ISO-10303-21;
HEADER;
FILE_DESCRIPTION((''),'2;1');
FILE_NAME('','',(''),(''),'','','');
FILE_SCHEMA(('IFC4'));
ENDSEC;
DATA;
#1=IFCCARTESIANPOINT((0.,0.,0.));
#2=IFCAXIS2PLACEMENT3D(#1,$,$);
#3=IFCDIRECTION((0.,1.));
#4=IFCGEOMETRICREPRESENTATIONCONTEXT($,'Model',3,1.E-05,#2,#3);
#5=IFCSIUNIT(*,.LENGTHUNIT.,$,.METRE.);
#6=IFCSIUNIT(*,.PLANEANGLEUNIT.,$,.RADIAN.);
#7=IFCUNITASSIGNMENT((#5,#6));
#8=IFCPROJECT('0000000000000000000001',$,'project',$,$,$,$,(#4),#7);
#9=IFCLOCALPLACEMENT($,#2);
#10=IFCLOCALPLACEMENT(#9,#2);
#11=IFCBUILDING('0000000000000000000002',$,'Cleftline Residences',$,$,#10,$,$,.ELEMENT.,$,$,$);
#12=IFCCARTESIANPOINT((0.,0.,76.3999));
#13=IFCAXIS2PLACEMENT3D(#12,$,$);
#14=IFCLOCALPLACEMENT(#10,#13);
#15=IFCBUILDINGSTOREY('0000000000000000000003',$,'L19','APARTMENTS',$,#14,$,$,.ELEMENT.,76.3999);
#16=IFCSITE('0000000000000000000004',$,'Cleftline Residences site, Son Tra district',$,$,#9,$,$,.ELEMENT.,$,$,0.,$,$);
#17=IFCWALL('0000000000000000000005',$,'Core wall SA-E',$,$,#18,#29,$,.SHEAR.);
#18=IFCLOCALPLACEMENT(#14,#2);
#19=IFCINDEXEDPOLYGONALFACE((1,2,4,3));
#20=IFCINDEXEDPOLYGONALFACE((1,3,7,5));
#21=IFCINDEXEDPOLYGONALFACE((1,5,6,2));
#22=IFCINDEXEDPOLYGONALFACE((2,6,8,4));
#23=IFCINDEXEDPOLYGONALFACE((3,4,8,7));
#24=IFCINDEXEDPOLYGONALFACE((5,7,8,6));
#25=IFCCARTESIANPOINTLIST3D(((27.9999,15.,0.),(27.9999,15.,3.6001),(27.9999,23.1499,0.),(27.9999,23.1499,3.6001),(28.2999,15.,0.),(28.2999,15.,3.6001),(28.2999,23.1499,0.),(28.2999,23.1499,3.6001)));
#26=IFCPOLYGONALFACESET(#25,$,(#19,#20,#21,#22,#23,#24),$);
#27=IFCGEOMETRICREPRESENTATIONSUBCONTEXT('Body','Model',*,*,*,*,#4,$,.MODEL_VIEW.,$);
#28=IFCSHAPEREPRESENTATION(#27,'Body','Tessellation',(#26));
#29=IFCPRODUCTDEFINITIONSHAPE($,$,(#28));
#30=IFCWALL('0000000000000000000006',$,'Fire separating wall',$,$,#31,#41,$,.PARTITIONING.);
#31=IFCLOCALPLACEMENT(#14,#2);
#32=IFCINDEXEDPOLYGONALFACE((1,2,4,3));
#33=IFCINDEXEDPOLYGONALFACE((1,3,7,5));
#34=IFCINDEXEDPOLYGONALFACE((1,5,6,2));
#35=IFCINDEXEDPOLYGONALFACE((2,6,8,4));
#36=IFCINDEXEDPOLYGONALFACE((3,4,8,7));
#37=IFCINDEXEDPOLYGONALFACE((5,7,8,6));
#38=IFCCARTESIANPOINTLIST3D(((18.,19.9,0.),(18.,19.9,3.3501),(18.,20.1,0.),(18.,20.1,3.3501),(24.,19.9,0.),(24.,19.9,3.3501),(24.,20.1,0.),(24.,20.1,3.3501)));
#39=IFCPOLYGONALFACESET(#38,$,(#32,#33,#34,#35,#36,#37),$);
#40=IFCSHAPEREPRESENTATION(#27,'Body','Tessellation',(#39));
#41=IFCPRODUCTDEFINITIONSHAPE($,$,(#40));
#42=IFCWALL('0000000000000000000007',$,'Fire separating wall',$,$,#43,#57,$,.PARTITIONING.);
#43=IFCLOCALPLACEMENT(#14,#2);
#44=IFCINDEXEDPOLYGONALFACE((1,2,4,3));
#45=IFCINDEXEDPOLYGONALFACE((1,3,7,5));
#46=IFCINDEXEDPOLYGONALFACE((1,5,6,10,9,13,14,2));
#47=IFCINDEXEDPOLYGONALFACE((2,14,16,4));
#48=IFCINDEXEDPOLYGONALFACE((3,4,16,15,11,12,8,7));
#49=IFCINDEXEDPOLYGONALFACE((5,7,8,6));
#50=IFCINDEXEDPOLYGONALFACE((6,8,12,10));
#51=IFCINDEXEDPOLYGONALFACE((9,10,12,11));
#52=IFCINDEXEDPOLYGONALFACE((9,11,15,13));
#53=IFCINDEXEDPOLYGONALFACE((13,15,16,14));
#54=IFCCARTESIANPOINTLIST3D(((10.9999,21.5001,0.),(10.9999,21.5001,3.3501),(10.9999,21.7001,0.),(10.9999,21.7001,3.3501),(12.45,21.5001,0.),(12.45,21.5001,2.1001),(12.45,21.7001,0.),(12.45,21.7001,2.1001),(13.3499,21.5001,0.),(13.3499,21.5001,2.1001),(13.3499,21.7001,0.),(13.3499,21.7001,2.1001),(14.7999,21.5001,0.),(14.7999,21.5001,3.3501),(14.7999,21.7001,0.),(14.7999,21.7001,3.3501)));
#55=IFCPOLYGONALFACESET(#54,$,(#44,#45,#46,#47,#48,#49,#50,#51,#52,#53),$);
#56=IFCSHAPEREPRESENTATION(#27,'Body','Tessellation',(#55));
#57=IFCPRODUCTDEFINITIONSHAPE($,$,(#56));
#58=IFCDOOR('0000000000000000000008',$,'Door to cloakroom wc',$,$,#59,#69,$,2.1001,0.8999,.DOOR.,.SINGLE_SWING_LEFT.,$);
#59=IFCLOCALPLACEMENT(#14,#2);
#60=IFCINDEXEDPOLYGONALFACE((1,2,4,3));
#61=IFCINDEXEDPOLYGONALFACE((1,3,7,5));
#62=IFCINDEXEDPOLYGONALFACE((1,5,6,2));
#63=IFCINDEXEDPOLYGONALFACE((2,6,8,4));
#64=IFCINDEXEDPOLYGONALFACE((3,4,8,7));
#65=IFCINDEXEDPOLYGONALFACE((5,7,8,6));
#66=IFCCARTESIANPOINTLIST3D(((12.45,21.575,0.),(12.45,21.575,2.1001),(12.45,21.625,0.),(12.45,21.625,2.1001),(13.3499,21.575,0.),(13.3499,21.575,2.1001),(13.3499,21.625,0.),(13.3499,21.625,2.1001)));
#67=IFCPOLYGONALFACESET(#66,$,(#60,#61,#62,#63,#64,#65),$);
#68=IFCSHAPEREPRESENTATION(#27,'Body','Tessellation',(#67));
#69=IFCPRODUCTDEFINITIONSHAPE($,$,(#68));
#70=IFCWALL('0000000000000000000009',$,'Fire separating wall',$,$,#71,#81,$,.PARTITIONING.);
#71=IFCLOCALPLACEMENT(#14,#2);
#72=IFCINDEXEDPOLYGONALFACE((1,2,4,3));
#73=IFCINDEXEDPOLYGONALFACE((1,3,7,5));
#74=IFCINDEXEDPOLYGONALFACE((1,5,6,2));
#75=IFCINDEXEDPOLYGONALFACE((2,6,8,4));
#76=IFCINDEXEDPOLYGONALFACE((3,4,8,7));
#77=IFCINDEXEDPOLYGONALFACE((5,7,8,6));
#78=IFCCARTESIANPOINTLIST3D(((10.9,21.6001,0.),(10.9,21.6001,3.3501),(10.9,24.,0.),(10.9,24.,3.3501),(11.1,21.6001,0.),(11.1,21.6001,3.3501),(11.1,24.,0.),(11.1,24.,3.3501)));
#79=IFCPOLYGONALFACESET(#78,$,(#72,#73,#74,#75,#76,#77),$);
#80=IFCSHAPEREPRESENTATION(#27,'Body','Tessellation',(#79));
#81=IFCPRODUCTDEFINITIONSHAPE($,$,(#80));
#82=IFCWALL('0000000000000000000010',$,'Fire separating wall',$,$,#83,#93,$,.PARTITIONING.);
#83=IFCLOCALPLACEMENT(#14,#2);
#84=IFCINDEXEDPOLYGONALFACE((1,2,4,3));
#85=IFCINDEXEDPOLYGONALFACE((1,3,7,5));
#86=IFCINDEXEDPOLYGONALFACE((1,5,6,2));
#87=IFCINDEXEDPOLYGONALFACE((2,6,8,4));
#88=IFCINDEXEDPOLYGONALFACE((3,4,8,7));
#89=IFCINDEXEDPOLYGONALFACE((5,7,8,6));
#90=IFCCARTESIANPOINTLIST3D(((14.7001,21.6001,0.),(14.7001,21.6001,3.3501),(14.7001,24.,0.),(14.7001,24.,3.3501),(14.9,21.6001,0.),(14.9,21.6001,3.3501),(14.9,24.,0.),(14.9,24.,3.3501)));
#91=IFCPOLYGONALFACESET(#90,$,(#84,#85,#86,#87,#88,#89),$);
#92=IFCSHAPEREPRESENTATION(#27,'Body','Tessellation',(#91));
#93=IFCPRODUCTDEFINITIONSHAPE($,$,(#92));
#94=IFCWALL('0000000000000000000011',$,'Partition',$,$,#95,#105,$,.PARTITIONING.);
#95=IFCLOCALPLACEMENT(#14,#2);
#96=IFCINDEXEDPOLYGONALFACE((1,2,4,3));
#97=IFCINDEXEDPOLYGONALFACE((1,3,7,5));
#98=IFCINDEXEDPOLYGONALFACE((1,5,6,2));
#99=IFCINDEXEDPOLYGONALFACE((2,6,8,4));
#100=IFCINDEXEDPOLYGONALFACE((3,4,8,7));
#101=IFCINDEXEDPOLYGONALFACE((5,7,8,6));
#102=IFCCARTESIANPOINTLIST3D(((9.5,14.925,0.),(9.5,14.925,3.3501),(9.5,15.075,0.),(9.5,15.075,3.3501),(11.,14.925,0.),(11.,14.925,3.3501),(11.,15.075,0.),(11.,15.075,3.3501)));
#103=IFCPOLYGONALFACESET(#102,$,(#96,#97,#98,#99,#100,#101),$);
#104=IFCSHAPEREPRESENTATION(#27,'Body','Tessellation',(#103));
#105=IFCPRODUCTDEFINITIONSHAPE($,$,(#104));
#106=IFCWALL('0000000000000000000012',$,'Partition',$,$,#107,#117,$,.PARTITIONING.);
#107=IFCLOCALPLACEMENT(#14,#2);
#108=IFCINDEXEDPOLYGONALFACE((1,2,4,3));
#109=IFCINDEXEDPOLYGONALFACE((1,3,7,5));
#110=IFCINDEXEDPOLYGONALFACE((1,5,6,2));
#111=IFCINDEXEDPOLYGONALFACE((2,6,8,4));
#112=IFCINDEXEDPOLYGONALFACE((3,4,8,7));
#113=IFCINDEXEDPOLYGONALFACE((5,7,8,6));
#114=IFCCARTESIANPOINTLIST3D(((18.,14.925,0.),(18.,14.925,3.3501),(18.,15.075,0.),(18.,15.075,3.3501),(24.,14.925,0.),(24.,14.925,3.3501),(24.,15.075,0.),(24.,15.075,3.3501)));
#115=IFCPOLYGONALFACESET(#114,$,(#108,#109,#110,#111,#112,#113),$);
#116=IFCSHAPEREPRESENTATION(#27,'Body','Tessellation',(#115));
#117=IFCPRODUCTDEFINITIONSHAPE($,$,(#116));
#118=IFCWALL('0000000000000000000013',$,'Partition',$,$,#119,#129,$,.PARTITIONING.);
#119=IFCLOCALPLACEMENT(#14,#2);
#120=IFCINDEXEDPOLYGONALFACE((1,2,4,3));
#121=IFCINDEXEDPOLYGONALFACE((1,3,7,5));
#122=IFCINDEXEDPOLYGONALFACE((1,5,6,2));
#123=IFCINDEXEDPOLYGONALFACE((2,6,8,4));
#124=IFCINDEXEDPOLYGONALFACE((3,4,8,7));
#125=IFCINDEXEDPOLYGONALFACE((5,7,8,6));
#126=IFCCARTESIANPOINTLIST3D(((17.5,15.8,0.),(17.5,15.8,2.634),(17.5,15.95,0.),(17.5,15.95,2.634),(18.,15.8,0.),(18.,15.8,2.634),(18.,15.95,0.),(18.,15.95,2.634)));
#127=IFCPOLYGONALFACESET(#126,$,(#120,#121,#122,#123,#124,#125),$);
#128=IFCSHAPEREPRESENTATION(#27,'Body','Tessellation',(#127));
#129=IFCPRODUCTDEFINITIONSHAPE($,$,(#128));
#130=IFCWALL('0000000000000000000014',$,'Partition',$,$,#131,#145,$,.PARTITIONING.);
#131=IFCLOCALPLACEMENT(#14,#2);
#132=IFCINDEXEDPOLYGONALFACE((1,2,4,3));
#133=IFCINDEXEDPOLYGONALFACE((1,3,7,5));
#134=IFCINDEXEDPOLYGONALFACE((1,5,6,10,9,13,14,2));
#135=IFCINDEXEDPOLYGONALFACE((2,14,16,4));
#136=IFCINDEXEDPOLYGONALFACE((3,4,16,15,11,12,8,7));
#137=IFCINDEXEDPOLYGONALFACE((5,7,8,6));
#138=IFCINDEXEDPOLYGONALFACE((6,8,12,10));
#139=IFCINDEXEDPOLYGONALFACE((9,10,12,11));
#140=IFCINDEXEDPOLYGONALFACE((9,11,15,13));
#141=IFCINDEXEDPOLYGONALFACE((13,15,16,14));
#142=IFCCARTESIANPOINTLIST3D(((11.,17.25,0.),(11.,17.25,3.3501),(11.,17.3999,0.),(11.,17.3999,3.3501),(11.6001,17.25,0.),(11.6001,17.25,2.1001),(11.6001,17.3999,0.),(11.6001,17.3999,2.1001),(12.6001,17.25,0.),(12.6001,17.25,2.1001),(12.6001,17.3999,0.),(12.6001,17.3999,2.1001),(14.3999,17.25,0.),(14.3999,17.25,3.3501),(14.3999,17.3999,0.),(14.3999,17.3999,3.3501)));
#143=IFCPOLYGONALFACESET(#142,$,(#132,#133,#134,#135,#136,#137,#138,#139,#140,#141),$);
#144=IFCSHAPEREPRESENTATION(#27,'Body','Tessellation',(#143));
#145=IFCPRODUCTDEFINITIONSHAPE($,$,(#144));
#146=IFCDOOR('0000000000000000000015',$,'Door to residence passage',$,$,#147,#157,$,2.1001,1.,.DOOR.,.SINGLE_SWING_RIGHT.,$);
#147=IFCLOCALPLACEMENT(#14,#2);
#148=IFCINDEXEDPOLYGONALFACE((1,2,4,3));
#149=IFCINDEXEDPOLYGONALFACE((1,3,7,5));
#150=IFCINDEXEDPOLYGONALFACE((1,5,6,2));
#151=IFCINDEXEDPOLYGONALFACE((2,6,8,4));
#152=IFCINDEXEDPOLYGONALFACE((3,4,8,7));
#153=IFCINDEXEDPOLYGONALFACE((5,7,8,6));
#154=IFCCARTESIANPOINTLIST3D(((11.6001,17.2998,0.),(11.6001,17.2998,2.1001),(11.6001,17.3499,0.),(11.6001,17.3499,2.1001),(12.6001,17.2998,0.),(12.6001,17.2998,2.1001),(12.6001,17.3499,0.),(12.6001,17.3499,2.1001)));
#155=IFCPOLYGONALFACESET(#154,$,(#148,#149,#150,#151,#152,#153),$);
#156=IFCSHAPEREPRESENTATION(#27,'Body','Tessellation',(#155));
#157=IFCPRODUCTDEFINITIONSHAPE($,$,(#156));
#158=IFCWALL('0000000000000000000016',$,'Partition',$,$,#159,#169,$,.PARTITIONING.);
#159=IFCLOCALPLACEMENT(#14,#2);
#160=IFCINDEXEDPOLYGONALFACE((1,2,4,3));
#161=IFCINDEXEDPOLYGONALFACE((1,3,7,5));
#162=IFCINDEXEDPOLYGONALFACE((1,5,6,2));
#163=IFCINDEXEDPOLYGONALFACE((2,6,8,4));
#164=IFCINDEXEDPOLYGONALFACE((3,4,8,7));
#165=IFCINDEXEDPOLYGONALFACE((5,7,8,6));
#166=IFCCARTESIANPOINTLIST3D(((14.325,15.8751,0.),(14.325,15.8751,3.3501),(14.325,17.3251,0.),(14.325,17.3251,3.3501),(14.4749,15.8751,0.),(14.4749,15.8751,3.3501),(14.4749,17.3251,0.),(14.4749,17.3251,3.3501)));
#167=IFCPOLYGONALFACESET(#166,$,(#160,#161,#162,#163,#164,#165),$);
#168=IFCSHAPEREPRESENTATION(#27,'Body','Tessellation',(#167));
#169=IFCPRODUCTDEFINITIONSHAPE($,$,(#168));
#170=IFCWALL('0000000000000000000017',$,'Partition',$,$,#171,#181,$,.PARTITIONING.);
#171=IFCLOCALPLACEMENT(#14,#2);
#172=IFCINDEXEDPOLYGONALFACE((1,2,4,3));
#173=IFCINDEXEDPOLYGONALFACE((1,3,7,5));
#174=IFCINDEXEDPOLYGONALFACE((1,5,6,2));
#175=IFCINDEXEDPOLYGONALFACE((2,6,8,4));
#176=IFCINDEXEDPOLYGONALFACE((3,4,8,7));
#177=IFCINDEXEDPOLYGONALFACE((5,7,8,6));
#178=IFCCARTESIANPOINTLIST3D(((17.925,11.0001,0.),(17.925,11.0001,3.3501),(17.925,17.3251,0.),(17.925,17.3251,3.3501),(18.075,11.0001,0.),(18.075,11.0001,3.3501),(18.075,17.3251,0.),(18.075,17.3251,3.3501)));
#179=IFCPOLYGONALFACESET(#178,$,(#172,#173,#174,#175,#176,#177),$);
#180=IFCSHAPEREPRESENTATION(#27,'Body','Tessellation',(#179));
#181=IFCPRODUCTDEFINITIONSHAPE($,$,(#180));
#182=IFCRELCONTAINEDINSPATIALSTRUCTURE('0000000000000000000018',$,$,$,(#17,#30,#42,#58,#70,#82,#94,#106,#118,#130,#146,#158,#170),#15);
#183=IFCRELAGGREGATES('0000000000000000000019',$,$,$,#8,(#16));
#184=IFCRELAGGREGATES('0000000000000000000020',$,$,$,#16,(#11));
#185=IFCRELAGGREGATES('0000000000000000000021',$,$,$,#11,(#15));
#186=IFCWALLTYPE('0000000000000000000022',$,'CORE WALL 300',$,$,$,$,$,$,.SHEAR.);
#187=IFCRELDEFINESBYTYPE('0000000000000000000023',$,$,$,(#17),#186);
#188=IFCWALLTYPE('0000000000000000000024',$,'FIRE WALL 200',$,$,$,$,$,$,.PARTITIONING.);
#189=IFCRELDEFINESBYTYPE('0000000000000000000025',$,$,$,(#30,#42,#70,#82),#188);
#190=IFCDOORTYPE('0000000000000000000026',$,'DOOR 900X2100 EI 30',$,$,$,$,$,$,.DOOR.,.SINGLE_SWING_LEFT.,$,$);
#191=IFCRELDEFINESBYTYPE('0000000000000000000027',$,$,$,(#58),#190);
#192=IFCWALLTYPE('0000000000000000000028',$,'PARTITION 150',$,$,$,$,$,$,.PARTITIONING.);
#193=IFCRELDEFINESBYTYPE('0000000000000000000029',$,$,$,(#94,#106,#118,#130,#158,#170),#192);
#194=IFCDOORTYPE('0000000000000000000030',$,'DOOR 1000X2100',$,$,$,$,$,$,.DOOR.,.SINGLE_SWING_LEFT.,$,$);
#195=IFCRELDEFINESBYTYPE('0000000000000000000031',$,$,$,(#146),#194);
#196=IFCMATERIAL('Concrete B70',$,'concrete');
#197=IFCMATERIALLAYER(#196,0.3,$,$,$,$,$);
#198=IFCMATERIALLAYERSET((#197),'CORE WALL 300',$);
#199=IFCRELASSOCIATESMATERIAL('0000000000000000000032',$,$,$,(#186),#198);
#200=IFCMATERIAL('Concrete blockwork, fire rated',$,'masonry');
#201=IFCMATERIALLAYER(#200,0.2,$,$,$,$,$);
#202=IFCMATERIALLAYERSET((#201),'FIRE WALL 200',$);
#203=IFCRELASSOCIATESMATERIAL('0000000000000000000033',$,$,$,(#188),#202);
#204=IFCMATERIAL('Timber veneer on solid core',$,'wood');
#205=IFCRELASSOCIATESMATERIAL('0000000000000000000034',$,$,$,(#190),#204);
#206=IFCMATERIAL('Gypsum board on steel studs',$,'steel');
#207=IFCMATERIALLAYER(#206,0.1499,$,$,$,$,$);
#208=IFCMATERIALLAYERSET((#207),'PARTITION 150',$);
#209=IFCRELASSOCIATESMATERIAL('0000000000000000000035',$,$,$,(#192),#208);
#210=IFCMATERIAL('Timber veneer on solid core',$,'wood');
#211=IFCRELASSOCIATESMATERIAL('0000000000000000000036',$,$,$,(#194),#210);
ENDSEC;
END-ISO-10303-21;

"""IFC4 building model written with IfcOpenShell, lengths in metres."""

from ifc_helpers import new_model, si_unit, direction, frame, frame_2d, origin, place, context, subcontext, project, spatial, rectangle, extrude, material, layer, layer_set, type_object, element, fill, save


model = new_model("IFC4")

# Units and contexts
model_context = context("Model", 3, precision=1e-05, world=origin(), true_north=direction((0.0, 1.0)))
body_context = subcontext(model_context, "Body", "Model", "MODEL_VIEW")
ifc_project = project(units=[si_unit("LENGTHUNIT", "METRE"), si_unit("PLANEANGLEUNIT", "RADIAN")], contexts=[model_context])

# Site, building, storey
site_placement = place(None, origin())
site = spatial("IfcSite", under=ifc_project, at=site_placement, Name="Cleftline Residences site, Son Tra district", CompositionType="ELEMENT", RefElevation=0.0)
building_placement = place(site_placement, origin())
building = spatial("IfcBuilding", under=site, at=building_placement, Name="Cleftline Residences", CompositionType="ELEMENT")
storey_placement = place(building_placement, frame((0.0, 0.0, 76.3999)))
storey = spatial("IfcBuildingStorey", under=building, at=storey_placement, Name="L19", Description="APARTMENTS", CompositionType="ELEMENT", Elevation=76.3999)

# Walls
ifc_material_1 = material(Name="Concrete B70", Category="concrete")
ifc_layer_1 = layer(ifc_material_1, 0.3)
ifc_layer_set_1 = layer_set([ifc_layer_1], Name="CORE WALL 300")
wall_type_1 = type_object("IfcWallType", Name="CORE WALL 300", PredefinedType="SHEAR", material=ifc_layer_set_1)
wall_1_placement = place(storey_placement, frame((28.1499, 15.0, 0.0), z_axis=(0.0, 0.0, 1.0), x_axis=(0.0, 1.0, 0.0)))
element("IfcWall", 1, at=wall_1_placement, inside=storey, type_object=wall_type_1, Name="Core wall SA-E", PredefinedType="SHEAR", context=body_context, shape_type="SweptSolid", body=[
    extrude(rectangle(XDim=8.1499, YDim=0.3, at=frame_2d((4.075, 0.0))), origin(), (0.0, 0.0, 1.0), 3.6001),
])
ifc_material_2 = material(Name="Concrete blockwork, fire rated", Category="masonry")
ifc_layer_2 = layer(ifc_material_2, 0.2)
ifc_layer_set_2 = layer_set([ifc_layer_2], Name="FIRE WALL 200")
wall_type_2 = type_object("IfcWallType", Name="FIRE WALL 200", PredefinedType="PARTITIONING", material=ifc_layer_set_2)
wall_2_placement = place(storey_placement, frame((18.0, 20.0, 0.0), z_axis=(0.0, 0.0, 1.0), x_axis=(1.0, 0.0, 0.0)))
element("IfcWall", 2, at=wall_2_placement, inside=storey, type_object=wall_type_2, Name="Fire separating wall", PredefinedType="PARTITIONING", context=body_context, shape_type="SweptSolid", body=[
    extrude(rectangle(XDim=6.0, YDim=0.2, at=frame_2d((3.0, 0.0))), origin(), (0.0, 0.0, 1.0), 3.3501),
])

# Wall, opening, door
wall_3_placement = place(storey_placement, frame((11.0, 21.6001, 0.0), z_axis=(0.0, 0.0, 1.0), x_axis=(1.0, 0.0, 0.0)))
wall_3 = element("IfcWall", 3, at=wall_3_placement, inside=storey, type_object=wall_type_2, Name="Fire separating wall", PredefinedType="PARTITIONING", context=body_context, shape_type="SweptSolid", body=[
    extrude(rectangle(XDim=3.8, YDim=0.2, at=frame_2d((1.8999, 0.0))), origin(), (0.0, 0.0, 1.0), 3.3501),
])
opening_1_placement = place(wall_3_placement, frame((1.45, 0.0, 0.0)))
opening_1 = element("IfcOpeningElement", 4, at=opening_1_placement, cuts=wall_3, PredefinedType="OPENING", context=body_context, shape_type="SweptSolid", body=[
    extrude(rectangle(XDim=0.8999, YDim=2.1001, at=frame_2d((0.45, 1.05))), frame((0.0, 0.1099, 0.0), z_axis=(0.0, -1.0, 0.0), x_axis=(1.0, 0.0, 0.0)), (0.0, 0.0, 1.0), 0.22),
])
ifc_material_3 = material(Name="Timber veneer on solid core", Category="wood")
door_type_1 = type_object("IfcDoorType", Name="DOOR 900X2100 EI 30", OperationType="SINGLE_SWING_LEFT", PredefinedType="DOOR", material=ifc_material_3)
door_1_placement = place(opening_1_placement, origin())
door_1 = element("IfcDoor", 5, at=door_1_placement, inside=storey, type_object=door_type_1, Name="Door to cloakroom wc", OperationType="SINGLE_SWING_LEFT", OverallHeight=2.1001, OverallWidth=0.8999, PredefinedType="DOOR", context=body_context, shape_type="SweptSolid", body=[
    extrude(rectangle(XDim=0.8999, YDim=2.1001, at=frame_2d((0.45, 1.05))), frame((0.0, 0.0249, 0.0), z_axis=(0.0, -1.0, 0.0), x_axis=(1.0, 0.0, 0.0)), (0.0, 0.0, 1.0), 0.05),
])
fill(opening_1, door_1)

# Walls
for number, where, z_axis, x_axis, name in (
    (6, (11.0, 21.6001, 0.0), (0.0, 0.0, 1.0), (0.0, 1.0, 0.0), "Fire separating wall"),
    (7, (14.8, 21.6001, 0.0), (0.0, 0.0, 1.0), (0.0, 1.0, 0.0), "Fire separating wall"),
):
    element("IfcWall", number, at=place(storey_placement, frame(where, z_axis=z_axis, x_axis=x_axis)), inside=storey, type_object=wall_type_2, Name=name, PredefinedType="PARTITIONING", context=body_context, shape_type="SweptSolid", body=[
        extrude(rectangle(XDim=2.3999, YDim=0.2, at=frame_2d((1.2, 0.0))), origin(), (0.0, 0.0, 1.0), 3.3501),
    ])

# Walls
ifc_material_4 = material(Name="Gypsum board on steel studs", Category="steel")
ifc_layer_3 = layer(ifc_material_4, 0.1499)
ifc_layer_set_3 = layer_set([ifc_layer_3], Name="PARTITION 150")
wall_type_3 = type_object("IfcWallType", Name="PARTITION 150", PredefinedType="PARTITIONING", material=ifc_layer_set_3)
wall_4_placement = place(storey_placement, frame((9.5, 15.0, 0.0), z_axis=(0.0, 0.0, 1.0), x_axis=(1.0, 0.0, 0.0)))
element("IfcWall", 8, at=wall_4_placement, inside=storey, type_object=wall_type_3, Name="Partition", PredefinedType="PARTITIONING", context=body_context, shape_type="SweptSolid", body=[
    extrude(rectangle(XDim=1.5, YDim=0.1499, at=frame_2d((0.75, 0.0))), origin(), (0.0, 0.0, 1.0), 3.3501),
])
wall_5_placement = place(storey_placement, frame((18.0, 15.0, 0.0), z_axis=(0.0, 0.0, 1.0), x_axis=(1.0, 0.0, 0.0)))
element("IfcWall", 9, at=wall_5_placement, inside=storey, type_object=wall_type_3, Name="Partition", PredefinedType="PARTITIONING", context=body_context, shape_type="SweptSolid", body=[
    extrude(rectangle(XDim=6.0, YDim=0.1499, at=frame_2d((3.0, 0.0))), origin(), (0.0, 0.0, 1.0), 3.3501),
])
wall_6_placement = place(storey_placement, frame((17.5, 15.875, 0.0), z_axis=(0.0, 0.0, 1.0), x_axis=(1.0, 0.0, 0.0)))
element("IfcWall", 10, at=wall_6_placement, inside=storey, type_object=wall_type_3, Name="Partition", PredefinedType="PARTITIONING", context=body_context, shape_type="SweptSolid", body=[
    extrude(rectangle(XDim=0.5, YDim=0.1499, at=frame_2d((0.25, 0.0))), origin(), (0.0, 0.0, 1.0), 2.634),
])

# Wall, opening, door
wall_7_placement = place(storey_placement, frame((11.0, 17.325, 0.0), z_axis=(0.0, 0.0, 1.0), x_axis=(1.0, 0.0, 0.0)))
wall_7 = element("IfcWall", 11, at=wall_7_placement, inside=storey, type_object=wall_type_3, Name="Partition", PredefinedType="PARTITIONING", context=body_context, shape_type="SweptSolid", body=[
    extrude(rectangle(XDim=3.3999, YDim=0.1499, at=frame_2d((1.7, 0.0))), origin(), (0.0, 0.0, 1.0), 3.3501),
])
opening_2_placement = place(wall_7_placement, frame((0.6001, 0.0, 0.0)))
opening_2 = element("IfcOpeningElement", 12, at=opening_2_placement, cuts=wall_7, PredefinedType="OPENING", context=body_context, shape_type="SweptSolid", body=[
    extrude(rectangle(XDim=1.0, YDim=2.1001, at=frame_2d((0.5, 1.05))), frame((0.0, 0.085, 0.0), z_axis=(0.0, -1.0, 0.0), x_axis=(1.0, 0.0, 0.0)), (0.0, 0.0, 1.0), 0.1699),
])
ifc_material_5 = material(Name="Timber veneer on solid core", Category="wood")
door_type_2 = type_object("IfcDoorType", Name="DOOR 1000X2100", OperationType="SINGLE_SWING_LEFT", PredefinedType="DOOR", material=ifc_material_5)
door_2_placement = place(opening_2_placement, origin())
door_2 = element("IfcDoor", 13, at=door_2_placement, inside=storey, type_object=door_type_2, Name="Door to residence passage", OperationType="SINGLE_SWING_RIGHT", OverallHeight=2.1001, OverallWidth=1.0, PredefinedType="DOOR", context=body_context, shape_type="SweptSolid", body=[
    extrude(rectangle(XDim=1.0, YDim=2.1001, at=frame_2d((0.5, 1.05))), frame((0.0, 0.0249, 0.0), z_axis=(0.0, -1.0, 0.0), x_axis=(1.0, 0.0, 0.0)), (0.0, 0.0, 1.0), 0.05),
])
fill(opening_2, door_2)

# Walls
wall_8_placement = place(storey_placement, frame((14.3999, 15.875, 0.0), z_axis=(0.0, 0.0, 1.0), x_axis=(0.0, 1.0, 0.0)))
element("IfcWall", 14, at=wall_8_placement, inside=storey, type_object=wall_type_3, Name="Partition", PredefinedType="PARTITIONING", context=body_context, shape_type="SweptSolid", body=[
    extrude(rectangle(XDim=1.45, YDim=0.1499, at=frame_2d((0.7251, 0.0))), origin(), (0.0, 0.0, 1.0), 3.3501),
])
wall_9_placement = place(storey_placement, frame((18.0, 11.0, 0.0), z_axis=(0.0, 0.0, 1.0), x_axis=(0.0, 1.0, 0.0)))
element("IfcWall", 15, at=wall_9_placement, inside=storey, type_object=wall_type_3, Name="Partition", PredefinedType="PARTITIONING", context=body_context, shape_type="SweptSolid", body=[
    extrude(rectangle(XDim=6.325, YDim=0.1499, at=frame_2d((3.1626, 0.0))), origin(), (0.0, 0.0, 1.0), 3.3501),
])

save(model, "model.ifc")
